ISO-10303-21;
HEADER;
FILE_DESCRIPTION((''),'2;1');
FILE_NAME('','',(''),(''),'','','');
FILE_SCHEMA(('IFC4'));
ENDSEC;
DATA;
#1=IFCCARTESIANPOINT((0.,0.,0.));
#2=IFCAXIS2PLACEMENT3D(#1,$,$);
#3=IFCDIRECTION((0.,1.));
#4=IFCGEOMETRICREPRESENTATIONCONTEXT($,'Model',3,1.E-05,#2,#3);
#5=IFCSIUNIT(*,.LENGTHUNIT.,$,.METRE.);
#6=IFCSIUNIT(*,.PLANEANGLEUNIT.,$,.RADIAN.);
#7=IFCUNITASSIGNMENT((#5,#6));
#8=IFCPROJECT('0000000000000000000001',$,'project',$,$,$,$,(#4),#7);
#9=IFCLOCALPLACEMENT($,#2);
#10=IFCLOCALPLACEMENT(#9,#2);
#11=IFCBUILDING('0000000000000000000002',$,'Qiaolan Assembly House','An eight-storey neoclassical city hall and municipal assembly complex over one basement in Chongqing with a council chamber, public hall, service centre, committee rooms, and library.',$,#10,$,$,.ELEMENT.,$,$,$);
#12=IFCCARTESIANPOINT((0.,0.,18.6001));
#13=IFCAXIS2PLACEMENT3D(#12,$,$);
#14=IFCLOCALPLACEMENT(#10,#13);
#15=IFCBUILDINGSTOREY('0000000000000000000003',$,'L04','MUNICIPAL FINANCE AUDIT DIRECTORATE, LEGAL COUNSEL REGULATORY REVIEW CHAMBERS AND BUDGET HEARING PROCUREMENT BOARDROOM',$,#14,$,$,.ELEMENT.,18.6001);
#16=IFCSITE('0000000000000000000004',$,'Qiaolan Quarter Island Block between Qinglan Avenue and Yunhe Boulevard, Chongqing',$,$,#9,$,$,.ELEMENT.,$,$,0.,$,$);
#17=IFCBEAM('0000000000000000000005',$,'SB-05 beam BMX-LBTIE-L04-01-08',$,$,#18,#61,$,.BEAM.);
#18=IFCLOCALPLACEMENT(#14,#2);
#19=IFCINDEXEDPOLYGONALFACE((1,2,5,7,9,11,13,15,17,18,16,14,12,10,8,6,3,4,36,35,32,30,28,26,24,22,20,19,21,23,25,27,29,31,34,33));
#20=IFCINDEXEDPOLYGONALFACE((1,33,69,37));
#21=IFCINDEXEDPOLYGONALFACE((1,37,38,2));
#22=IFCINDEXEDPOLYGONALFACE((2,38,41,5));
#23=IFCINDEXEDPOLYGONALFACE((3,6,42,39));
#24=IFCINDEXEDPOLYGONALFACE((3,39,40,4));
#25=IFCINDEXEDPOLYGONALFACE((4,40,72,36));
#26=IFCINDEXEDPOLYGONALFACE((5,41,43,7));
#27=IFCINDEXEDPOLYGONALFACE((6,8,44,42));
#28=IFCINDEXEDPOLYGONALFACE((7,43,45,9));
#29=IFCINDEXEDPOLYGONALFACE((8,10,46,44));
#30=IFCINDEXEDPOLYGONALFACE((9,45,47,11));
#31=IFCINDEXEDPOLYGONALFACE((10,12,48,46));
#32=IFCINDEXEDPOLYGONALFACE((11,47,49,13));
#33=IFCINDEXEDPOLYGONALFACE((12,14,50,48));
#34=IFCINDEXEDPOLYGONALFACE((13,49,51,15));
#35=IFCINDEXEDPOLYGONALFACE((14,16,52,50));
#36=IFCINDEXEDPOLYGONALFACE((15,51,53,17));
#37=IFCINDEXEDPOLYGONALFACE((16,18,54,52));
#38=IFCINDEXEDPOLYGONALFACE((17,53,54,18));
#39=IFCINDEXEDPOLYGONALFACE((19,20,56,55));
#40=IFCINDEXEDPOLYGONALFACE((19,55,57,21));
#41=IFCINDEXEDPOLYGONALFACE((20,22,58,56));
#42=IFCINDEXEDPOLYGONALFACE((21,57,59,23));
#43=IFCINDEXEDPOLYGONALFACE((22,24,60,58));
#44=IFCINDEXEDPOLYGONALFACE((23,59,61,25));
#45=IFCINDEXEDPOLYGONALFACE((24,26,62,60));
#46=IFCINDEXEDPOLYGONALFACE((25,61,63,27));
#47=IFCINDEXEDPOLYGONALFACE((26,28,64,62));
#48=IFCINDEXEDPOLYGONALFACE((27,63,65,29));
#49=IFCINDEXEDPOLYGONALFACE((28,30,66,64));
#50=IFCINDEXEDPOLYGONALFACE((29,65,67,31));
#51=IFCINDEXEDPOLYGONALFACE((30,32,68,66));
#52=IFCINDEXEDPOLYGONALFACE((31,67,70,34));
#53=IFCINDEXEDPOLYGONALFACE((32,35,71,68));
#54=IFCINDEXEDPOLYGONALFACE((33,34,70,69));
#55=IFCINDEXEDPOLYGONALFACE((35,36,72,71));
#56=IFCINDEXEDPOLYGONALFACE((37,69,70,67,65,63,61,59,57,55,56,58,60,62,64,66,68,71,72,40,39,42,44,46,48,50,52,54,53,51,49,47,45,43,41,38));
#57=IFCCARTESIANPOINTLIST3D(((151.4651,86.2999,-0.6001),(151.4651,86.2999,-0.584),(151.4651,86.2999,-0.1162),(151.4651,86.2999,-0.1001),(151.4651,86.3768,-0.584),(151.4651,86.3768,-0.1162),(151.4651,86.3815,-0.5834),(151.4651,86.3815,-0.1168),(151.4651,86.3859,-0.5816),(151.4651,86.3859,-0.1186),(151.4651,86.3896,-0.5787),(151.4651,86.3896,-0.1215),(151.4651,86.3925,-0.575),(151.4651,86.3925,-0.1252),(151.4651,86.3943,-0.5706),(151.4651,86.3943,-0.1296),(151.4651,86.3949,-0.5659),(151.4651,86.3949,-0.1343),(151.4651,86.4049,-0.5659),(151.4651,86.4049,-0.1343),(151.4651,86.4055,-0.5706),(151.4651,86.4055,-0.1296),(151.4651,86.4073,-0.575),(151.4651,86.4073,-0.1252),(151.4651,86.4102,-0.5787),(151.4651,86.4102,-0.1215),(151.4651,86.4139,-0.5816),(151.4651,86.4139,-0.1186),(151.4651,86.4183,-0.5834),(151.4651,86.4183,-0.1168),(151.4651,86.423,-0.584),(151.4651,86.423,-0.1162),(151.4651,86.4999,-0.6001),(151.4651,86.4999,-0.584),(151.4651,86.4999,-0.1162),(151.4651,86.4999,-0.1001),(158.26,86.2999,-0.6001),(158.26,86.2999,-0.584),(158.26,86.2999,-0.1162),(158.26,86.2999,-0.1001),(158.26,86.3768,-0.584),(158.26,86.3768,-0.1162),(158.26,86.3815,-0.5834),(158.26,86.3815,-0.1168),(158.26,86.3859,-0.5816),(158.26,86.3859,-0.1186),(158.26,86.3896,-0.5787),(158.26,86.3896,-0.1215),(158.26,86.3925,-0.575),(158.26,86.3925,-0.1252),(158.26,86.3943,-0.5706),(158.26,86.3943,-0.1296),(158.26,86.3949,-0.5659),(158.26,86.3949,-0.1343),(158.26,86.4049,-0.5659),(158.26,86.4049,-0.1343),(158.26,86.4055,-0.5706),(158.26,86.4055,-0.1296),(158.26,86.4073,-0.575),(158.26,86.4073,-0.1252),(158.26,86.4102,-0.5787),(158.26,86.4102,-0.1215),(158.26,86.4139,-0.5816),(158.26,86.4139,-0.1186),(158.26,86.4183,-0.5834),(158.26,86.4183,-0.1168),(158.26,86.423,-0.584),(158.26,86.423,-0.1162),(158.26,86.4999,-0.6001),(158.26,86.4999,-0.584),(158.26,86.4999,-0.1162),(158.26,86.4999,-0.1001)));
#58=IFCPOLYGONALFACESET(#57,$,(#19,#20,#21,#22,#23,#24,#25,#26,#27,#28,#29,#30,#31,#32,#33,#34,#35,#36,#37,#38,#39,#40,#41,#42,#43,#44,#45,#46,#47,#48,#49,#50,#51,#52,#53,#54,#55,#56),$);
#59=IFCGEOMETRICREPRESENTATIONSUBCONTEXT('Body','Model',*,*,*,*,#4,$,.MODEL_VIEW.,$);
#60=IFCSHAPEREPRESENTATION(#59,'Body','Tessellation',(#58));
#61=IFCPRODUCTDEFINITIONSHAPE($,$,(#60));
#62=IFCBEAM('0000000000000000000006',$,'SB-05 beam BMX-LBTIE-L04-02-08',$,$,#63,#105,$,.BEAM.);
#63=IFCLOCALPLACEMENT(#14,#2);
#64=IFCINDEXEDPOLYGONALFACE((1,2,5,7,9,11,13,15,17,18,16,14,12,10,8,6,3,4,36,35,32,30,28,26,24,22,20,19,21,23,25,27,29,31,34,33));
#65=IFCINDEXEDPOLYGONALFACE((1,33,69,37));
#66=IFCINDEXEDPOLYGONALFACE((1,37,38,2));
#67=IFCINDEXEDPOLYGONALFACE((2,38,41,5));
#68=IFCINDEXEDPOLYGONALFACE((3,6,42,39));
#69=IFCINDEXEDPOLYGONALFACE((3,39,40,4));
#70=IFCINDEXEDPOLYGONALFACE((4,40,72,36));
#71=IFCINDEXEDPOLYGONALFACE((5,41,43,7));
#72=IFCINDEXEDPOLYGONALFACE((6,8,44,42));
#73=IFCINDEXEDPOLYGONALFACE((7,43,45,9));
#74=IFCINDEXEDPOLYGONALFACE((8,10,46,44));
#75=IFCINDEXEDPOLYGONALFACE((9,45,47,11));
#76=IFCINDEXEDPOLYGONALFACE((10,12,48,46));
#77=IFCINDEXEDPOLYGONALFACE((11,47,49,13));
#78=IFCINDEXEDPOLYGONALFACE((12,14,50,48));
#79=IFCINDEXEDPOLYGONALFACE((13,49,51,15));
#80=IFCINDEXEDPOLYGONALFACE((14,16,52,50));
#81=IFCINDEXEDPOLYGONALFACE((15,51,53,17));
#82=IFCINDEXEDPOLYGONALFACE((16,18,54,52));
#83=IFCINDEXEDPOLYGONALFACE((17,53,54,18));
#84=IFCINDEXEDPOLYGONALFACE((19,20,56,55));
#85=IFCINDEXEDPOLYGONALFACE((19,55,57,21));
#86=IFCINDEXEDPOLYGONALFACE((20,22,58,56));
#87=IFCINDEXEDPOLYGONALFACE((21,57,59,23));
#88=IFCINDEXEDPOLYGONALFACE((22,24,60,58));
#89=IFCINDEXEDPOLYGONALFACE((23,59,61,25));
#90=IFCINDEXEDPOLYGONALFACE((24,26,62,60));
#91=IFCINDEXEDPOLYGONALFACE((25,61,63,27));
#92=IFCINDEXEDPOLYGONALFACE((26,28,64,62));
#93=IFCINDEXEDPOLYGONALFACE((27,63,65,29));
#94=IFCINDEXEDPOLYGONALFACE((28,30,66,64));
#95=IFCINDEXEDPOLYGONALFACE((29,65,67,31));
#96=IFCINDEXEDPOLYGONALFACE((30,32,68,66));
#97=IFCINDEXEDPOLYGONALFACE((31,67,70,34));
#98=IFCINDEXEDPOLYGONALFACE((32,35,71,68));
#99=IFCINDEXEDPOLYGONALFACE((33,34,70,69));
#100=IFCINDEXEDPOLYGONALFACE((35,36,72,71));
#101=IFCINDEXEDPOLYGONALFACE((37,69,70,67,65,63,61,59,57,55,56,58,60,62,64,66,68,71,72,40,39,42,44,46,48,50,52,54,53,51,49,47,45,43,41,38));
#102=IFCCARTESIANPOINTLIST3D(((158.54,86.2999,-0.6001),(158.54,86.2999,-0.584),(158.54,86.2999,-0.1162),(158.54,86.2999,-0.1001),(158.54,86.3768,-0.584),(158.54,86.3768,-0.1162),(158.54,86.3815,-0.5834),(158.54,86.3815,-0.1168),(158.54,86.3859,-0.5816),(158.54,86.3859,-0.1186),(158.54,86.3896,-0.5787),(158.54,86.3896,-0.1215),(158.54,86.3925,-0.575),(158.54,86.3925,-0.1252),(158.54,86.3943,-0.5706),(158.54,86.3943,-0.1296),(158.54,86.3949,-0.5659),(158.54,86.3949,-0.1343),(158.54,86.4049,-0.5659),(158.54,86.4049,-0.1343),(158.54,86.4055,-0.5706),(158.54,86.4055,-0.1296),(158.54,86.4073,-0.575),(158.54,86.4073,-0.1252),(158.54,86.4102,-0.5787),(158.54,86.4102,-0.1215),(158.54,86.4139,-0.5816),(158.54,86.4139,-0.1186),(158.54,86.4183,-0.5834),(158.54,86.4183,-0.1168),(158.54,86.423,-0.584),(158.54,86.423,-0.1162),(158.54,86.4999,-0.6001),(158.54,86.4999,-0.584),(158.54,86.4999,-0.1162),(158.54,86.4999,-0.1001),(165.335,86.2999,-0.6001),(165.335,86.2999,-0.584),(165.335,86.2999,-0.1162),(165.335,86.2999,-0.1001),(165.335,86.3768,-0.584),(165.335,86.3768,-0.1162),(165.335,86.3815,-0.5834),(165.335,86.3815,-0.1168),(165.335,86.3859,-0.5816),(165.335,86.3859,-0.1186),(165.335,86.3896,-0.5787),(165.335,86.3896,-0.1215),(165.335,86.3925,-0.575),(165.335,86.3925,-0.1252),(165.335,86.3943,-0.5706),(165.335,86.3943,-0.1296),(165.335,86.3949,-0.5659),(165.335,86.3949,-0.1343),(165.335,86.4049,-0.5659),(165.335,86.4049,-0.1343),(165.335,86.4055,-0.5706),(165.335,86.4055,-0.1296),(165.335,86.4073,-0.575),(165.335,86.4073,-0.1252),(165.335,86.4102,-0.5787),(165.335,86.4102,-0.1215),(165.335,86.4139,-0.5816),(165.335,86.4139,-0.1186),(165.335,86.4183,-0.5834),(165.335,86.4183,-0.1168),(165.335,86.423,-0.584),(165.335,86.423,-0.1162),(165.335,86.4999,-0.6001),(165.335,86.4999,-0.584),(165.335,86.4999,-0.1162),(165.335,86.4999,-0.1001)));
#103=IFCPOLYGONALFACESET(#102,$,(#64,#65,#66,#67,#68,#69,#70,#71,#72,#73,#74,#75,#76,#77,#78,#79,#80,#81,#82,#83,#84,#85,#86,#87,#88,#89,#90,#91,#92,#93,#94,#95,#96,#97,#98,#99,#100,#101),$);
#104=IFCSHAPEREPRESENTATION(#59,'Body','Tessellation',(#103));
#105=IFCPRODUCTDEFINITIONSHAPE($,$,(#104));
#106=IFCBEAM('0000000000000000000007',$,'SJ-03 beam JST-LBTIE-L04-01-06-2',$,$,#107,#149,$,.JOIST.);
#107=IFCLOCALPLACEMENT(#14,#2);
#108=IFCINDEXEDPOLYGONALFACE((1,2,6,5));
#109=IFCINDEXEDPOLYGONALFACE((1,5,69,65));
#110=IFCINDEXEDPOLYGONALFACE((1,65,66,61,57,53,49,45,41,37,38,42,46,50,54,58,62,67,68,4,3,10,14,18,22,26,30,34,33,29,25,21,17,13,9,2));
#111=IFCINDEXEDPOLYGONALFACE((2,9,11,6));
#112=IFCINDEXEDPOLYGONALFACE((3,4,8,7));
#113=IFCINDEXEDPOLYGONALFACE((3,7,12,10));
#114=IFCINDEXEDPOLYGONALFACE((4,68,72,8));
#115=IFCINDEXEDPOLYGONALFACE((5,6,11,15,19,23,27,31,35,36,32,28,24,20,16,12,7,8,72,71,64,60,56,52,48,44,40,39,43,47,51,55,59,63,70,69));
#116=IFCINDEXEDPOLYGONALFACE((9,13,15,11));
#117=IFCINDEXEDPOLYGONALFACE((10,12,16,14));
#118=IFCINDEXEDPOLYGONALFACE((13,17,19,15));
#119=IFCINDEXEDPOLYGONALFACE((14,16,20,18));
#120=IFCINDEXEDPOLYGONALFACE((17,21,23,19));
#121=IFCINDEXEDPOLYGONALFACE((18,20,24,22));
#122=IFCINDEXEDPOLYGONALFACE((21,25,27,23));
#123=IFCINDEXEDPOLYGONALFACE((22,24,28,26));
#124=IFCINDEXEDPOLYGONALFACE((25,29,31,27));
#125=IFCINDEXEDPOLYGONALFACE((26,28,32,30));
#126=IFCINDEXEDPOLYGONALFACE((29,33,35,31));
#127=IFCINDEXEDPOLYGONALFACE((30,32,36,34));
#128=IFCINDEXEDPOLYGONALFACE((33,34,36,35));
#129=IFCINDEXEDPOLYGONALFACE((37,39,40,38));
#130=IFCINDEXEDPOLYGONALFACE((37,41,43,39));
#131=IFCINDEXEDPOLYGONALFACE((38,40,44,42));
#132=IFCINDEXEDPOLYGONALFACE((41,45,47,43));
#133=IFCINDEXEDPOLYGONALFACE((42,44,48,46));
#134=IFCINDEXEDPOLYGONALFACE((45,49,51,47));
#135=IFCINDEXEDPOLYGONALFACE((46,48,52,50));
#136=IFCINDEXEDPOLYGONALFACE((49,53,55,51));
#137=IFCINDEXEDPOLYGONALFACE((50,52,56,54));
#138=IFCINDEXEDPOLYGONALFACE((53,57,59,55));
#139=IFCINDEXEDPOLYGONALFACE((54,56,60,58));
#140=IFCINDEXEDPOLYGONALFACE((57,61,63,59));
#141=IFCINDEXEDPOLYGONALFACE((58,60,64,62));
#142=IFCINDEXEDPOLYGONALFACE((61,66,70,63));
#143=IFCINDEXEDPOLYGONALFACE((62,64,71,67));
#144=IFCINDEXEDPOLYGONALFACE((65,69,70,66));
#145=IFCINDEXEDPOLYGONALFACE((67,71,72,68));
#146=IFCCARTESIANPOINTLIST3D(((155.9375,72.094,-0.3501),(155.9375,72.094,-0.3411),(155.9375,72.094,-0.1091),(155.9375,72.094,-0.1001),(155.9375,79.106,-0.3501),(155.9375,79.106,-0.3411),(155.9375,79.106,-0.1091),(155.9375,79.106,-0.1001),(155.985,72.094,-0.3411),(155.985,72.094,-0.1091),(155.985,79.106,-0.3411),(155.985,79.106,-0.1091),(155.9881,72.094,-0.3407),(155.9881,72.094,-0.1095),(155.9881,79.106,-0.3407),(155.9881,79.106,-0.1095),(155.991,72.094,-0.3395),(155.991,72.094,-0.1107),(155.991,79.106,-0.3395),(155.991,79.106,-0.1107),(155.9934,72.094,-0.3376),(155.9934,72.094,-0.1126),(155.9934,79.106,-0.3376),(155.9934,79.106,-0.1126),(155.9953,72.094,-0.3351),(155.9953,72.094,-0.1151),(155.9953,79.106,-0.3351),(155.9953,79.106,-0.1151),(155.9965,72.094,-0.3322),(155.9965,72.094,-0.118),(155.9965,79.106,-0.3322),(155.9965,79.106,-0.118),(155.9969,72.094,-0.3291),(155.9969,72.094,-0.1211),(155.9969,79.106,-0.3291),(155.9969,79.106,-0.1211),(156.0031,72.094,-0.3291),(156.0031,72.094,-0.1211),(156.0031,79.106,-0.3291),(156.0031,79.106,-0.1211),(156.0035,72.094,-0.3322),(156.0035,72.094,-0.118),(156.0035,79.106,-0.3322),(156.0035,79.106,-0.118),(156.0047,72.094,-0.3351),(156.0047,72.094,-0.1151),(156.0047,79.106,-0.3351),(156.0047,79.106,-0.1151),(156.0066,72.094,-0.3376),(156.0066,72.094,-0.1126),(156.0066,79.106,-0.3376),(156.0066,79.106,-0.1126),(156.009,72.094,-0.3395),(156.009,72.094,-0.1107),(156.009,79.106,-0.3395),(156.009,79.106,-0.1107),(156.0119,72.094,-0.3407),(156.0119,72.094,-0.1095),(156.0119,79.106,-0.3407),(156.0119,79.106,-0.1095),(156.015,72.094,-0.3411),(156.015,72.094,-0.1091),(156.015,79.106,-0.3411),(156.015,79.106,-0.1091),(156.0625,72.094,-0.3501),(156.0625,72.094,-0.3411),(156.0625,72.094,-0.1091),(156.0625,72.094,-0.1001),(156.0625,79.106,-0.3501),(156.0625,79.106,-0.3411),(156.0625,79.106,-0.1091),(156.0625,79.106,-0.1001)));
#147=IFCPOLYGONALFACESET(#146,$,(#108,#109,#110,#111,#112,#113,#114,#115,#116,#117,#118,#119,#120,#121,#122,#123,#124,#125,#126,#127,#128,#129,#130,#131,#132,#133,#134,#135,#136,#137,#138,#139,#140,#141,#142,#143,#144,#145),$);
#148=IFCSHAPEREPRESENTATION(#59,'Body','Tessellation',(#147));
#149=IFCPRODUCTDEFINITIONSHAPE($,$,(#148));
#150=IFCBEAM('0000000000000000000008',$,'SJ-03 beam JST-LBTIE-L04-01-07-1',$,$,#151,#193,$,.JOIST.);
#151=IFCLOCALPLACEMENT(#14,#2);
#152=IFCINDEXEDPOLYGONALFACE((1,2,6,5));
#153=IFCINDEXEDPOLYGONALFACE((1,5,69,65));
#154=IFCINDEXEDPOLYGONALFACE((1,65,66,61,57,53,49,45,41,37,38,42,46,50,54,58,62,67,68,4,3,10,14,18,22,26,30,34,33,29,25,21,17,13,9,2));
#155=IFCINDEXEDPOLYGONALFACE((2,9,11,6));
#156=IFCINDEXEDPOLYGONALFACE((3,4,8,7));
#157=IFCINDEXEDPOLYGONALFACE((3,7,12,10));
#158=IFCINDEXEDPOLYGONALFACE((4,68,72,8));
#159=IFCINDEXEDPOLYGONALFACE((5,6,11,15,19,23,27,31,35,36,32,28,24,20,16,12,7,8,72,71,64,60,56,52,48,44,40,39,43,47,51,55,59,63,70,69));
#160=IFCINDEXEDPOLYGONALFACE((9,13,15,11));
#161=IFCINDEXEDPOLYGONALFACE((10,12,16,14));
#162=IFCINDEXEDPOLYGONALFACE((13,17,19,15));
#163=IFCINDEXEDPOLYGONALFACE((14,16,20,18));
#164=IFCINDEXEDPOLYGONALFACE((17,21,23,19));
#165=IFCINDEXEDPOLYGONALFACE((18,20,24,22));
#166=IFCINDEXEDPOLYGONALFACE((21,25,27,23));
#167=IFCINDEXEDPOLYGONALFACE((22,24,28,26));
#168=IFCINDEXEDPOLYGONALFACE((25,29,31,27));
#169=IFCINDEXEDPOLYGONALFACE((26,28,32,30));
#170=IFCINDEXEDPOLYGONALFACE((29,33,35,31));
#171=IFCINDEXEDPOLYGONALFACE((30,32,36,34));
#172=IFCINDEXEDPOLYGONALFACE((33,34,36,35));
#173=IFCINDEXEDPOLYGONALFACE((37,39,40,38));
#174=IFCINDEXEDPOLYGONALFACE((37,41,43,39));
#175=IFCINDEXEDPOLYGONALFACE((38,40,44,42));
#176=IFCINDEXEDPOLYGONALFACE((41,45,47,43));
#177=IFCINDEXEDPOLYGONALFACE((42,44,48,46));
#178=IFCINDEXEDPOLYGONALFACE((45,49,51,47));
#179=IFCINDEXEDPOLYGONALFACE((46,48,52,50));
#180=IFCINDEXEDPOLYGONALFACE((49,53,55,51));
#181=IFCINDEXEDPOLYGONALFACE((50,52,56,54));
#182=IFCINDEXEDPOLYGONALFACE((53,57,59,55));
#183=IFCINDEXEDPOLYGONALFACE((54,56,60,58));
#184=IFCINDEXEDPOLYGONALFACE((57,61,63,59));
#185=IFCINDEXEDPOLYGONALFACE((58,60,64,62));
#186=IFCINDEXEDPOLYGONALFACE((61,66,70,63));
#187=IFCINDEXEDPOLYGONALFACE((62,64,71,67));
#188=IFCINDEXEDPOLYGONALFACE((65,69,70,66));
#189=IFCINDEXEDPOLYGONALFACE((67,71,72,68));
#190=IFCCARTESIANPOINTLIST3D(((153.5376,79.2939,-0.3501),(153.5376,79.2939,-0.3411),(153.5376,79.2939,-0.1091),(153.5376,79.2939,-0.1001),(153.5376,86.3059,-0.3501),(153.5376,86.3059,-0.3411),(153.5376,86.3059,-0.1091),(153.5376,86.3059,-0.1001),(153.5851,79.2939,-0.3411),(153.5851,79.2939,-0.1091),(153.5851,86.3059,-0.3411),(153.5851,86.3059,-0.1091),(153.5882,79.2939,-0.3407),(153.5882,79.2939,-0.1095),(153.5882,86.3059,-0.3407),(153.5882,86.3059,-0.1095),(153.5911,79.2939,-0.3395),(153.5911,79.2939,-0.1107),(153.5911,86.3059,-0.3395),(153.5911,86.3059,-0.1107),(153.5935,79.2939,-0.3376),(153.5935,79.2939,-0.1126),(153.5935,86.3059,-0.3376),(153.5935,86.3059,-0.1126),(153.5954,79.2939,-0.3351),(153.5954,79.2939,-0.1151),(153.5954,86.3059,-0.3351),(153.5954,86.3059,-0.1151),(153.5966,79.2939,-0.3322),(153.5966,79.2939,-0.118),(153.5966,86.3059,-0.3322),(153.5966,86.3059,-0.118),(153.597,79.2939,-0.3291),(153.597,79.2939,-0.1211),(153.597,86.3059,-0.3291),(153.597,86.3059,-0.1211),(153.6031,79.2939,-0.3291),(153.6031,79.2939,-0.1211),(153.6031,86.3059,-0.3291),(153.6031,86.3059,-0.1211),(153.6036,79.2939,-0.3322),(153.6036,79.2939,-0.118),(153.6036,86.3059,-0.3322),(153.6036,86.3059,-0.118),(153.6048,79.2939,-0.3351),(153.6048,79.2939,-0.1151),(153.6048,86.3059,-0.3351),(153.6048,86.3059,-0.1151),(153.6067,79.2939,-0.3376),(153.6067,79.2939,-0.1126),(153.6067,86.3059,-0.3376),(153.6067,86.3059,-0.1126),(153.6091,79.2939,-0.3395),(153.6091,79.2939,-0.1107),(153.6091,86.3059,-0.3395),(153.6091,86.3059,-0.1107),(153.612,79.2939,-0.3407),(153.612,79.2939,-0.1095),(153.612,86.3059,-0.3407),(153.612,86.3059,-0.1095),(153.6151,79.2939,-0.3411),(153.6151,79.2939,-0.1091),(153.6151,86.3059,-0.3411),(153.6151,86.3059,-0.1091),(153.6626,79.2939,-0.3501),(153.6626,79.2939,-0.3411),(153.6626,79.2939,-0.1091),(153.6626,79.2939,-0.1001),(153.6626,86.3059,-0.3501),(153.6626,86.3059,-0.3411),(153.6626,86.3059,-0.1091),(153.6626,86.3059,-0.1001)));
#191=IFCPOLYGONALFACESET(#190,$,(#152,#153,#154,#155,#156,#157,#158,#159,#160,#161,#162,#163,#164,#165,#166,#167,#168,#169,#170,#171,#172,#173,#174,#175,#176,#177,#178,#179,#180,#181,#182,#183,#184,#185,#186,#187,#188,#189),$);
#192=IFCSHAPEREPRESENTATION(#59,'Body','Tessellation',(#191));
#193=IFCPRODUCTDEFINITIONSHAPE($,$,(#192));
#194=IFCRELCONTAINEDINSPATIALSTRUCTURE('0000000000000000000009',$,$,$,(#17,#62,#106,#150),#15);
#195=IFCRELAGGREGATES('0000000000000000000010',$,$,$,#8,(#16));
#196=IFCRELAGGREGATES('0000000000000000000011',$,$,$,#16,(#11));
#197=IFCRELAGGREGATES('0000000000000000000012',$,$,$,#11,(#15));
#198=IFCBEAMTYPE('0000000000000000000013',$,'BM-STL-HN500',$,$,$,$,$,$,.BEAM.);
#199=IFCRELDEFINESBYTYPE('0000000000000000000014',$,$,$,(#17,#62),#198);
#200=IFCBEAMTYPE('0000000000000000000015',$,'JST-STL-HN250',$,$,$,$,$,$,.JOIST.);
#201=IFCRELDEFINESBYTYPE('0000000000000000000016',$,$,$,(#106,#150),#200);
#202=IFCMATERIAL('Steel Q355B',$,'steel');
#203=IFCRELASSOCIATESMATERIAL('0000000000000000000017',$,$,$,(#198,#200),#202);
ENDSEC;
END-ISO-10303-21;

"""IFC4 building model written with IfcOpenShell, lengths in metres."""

from ifc_helpers import new_model, si_unit, direction, frame, origin, origin_2d, place, context, subcontext, project, spatial, i_section, extrude, material, material_profile, profile_set, type_object, element, save


model = new_model("IFC4")

# Units and contexts
model_context = context("Model", 3, precision=1e-05, world=origin(), true_north=direction((0.0, 1.0)))
body_context = subcontext(model_context, "Body", "Model", "MODEL_VIEW")
ifc_project = project(units=[si_unit("LENGTHUNIT", "METRE"), si_unit("PLANEANGLEUNIT", "RADIAN")], contexts=[model_context])

# Site, building, storey
site_placement = place(None, origin())
site = spatial("IfcSite", under=ifc_project, at=site_placement, Name="Qiaolan Quarter Island Block between Qinglan Avenue and Yunhe Boulevard, Chongqing", CompositionType="ELEMENT", RefElevation=0.0)
building_placement = place(site_placement, origin())
building = spatial("IfcBuilding", under=site, at=building_placement, Name="Qiaolan Assembly House", Description="An eight-storey neoclassical city hall and municipal assembly complex over one basement in Chongqing with a council chamber, public hall, service centre, committee rooms, and library.", CompositionType="ELEMENT")
storey_placement = place(building_placement, frame((0.0, 0.0, 18.6001)))
storey = spatial("IfcBuildingStorey", under=building, at=storey_placement, Name="L04", Description="MUNICIPAL FINANCE AUDIT DIRECTORATE, LEGAL COUNSEL REGULATORY REVIEW CHAMBERS AND BUDGET HEARING PROCUREMENT BOARDROOM", CompositionType="ELEMENT", Elevation=18.6001)

# Shared definitions
ifc_material = material(Name="Steel Q355B", Category="steel")

# Beams
ifc_material_profile_1 = material_profile(ifc_material, i_section(OverallWidth=0.2, OverallDepth=0.5, WebThickness=0.01, FlangeThickness=0.0161, FilletRadius=0.0181, at=origin_2d()), Name="HN 500x200x10x16")
ifc_profile_set_1 = profile_set([ifc_material_profile_1], Name="Steel Q355B")
beam_type_1 = type_object("IfcBeamType", Name="BM-STL-HN500", PredefinedType="BEAM", material=ifc_profile_set_1)
for number, where, z_axis, x_axis, name in (
    (1, (151.4651, 86.3999, -0.3501), (1.0, 0.0, 0.0), (0.0, 1.0, 0.0), "SB-05 beam BMX-LBTIE-L04-01-08"),
    (2, (158.54, 86.3999, -0.3501), (1.0, 0.0, 0.0), (0.0, 1.0, 0.0), "SB-05 beam BMX-LBTIE-L04-02-08"),
):
    element("IfcBeam", number, at=place(storey_placement, frame(where, z_axis=z_axis, x_axis=x_axis)), inside=storey, type_object=beam_type_1, Name=name, PredefinedType="BEAM", context=body_context, shape_type="SweptSolid", body=[
        extrude(i_section(OverallWidth=0.2, OverallDepth=0.5, WebThickness=0.01, FlangeThickness=0.0161, FilletRadius=0.0181, at=origin_2d()), origin(), (0.0, 0.0, 1.0), 6.7949),
    ])
ifc_material_profile_2 = material_profile(ifc_material, i_section(OverallWidth=0.125, OverallDepth=0.25, WebThickness=0.0061, FlangeThickness=0.009, FilletRadius=0.012, at=origin_2d()), Name="HN 250x125x6x9")
ifc_profile_set_2 = profile_set([ifc_material_profile_2], Name="Steel Q355B")
beam_type_2 = type_object("IfcBeamType", Name="JST-STL-HN250", PredefinedType="JOIST", material=ifc_profile_set_2)
for number, where, z_axis, x_axis, name in (
    (3, (156.0, 72.094, -0.2251), (0.0, 1.0, 0.0), (-1.0, 0.0, 0.0), "SJ-03 beam JST-LBTIE-L04-01-06-2"),
    (4, (153.6001, 79.2939, -0.2251), (0.0, 1.0, 0.0), (-1.0, 0.0, 0.0), "SJ-03 beam JST-LBTIE-L04-01-07-1"),
):
    element("IfcBeam", number, at=place(storey_placement, frame(where, z_axis=z_axis, x_axis=x_axis)), inside=storey, type_object=beam_type_2, Name=name, PredefinedType="JOIST", context=body_context, shape_type="SweptSolid", body=[
        extrude(i_section(OverallWidth=0.125, OverallDepth=0.25, WebThickness=0.0061, FlangeThickness=0.009, FilletRadius=0.012, at=origin_2d()), origin(), (0.0, 0.0, 1.0), 7.012),
    ])

save(model, "model.ifc")
